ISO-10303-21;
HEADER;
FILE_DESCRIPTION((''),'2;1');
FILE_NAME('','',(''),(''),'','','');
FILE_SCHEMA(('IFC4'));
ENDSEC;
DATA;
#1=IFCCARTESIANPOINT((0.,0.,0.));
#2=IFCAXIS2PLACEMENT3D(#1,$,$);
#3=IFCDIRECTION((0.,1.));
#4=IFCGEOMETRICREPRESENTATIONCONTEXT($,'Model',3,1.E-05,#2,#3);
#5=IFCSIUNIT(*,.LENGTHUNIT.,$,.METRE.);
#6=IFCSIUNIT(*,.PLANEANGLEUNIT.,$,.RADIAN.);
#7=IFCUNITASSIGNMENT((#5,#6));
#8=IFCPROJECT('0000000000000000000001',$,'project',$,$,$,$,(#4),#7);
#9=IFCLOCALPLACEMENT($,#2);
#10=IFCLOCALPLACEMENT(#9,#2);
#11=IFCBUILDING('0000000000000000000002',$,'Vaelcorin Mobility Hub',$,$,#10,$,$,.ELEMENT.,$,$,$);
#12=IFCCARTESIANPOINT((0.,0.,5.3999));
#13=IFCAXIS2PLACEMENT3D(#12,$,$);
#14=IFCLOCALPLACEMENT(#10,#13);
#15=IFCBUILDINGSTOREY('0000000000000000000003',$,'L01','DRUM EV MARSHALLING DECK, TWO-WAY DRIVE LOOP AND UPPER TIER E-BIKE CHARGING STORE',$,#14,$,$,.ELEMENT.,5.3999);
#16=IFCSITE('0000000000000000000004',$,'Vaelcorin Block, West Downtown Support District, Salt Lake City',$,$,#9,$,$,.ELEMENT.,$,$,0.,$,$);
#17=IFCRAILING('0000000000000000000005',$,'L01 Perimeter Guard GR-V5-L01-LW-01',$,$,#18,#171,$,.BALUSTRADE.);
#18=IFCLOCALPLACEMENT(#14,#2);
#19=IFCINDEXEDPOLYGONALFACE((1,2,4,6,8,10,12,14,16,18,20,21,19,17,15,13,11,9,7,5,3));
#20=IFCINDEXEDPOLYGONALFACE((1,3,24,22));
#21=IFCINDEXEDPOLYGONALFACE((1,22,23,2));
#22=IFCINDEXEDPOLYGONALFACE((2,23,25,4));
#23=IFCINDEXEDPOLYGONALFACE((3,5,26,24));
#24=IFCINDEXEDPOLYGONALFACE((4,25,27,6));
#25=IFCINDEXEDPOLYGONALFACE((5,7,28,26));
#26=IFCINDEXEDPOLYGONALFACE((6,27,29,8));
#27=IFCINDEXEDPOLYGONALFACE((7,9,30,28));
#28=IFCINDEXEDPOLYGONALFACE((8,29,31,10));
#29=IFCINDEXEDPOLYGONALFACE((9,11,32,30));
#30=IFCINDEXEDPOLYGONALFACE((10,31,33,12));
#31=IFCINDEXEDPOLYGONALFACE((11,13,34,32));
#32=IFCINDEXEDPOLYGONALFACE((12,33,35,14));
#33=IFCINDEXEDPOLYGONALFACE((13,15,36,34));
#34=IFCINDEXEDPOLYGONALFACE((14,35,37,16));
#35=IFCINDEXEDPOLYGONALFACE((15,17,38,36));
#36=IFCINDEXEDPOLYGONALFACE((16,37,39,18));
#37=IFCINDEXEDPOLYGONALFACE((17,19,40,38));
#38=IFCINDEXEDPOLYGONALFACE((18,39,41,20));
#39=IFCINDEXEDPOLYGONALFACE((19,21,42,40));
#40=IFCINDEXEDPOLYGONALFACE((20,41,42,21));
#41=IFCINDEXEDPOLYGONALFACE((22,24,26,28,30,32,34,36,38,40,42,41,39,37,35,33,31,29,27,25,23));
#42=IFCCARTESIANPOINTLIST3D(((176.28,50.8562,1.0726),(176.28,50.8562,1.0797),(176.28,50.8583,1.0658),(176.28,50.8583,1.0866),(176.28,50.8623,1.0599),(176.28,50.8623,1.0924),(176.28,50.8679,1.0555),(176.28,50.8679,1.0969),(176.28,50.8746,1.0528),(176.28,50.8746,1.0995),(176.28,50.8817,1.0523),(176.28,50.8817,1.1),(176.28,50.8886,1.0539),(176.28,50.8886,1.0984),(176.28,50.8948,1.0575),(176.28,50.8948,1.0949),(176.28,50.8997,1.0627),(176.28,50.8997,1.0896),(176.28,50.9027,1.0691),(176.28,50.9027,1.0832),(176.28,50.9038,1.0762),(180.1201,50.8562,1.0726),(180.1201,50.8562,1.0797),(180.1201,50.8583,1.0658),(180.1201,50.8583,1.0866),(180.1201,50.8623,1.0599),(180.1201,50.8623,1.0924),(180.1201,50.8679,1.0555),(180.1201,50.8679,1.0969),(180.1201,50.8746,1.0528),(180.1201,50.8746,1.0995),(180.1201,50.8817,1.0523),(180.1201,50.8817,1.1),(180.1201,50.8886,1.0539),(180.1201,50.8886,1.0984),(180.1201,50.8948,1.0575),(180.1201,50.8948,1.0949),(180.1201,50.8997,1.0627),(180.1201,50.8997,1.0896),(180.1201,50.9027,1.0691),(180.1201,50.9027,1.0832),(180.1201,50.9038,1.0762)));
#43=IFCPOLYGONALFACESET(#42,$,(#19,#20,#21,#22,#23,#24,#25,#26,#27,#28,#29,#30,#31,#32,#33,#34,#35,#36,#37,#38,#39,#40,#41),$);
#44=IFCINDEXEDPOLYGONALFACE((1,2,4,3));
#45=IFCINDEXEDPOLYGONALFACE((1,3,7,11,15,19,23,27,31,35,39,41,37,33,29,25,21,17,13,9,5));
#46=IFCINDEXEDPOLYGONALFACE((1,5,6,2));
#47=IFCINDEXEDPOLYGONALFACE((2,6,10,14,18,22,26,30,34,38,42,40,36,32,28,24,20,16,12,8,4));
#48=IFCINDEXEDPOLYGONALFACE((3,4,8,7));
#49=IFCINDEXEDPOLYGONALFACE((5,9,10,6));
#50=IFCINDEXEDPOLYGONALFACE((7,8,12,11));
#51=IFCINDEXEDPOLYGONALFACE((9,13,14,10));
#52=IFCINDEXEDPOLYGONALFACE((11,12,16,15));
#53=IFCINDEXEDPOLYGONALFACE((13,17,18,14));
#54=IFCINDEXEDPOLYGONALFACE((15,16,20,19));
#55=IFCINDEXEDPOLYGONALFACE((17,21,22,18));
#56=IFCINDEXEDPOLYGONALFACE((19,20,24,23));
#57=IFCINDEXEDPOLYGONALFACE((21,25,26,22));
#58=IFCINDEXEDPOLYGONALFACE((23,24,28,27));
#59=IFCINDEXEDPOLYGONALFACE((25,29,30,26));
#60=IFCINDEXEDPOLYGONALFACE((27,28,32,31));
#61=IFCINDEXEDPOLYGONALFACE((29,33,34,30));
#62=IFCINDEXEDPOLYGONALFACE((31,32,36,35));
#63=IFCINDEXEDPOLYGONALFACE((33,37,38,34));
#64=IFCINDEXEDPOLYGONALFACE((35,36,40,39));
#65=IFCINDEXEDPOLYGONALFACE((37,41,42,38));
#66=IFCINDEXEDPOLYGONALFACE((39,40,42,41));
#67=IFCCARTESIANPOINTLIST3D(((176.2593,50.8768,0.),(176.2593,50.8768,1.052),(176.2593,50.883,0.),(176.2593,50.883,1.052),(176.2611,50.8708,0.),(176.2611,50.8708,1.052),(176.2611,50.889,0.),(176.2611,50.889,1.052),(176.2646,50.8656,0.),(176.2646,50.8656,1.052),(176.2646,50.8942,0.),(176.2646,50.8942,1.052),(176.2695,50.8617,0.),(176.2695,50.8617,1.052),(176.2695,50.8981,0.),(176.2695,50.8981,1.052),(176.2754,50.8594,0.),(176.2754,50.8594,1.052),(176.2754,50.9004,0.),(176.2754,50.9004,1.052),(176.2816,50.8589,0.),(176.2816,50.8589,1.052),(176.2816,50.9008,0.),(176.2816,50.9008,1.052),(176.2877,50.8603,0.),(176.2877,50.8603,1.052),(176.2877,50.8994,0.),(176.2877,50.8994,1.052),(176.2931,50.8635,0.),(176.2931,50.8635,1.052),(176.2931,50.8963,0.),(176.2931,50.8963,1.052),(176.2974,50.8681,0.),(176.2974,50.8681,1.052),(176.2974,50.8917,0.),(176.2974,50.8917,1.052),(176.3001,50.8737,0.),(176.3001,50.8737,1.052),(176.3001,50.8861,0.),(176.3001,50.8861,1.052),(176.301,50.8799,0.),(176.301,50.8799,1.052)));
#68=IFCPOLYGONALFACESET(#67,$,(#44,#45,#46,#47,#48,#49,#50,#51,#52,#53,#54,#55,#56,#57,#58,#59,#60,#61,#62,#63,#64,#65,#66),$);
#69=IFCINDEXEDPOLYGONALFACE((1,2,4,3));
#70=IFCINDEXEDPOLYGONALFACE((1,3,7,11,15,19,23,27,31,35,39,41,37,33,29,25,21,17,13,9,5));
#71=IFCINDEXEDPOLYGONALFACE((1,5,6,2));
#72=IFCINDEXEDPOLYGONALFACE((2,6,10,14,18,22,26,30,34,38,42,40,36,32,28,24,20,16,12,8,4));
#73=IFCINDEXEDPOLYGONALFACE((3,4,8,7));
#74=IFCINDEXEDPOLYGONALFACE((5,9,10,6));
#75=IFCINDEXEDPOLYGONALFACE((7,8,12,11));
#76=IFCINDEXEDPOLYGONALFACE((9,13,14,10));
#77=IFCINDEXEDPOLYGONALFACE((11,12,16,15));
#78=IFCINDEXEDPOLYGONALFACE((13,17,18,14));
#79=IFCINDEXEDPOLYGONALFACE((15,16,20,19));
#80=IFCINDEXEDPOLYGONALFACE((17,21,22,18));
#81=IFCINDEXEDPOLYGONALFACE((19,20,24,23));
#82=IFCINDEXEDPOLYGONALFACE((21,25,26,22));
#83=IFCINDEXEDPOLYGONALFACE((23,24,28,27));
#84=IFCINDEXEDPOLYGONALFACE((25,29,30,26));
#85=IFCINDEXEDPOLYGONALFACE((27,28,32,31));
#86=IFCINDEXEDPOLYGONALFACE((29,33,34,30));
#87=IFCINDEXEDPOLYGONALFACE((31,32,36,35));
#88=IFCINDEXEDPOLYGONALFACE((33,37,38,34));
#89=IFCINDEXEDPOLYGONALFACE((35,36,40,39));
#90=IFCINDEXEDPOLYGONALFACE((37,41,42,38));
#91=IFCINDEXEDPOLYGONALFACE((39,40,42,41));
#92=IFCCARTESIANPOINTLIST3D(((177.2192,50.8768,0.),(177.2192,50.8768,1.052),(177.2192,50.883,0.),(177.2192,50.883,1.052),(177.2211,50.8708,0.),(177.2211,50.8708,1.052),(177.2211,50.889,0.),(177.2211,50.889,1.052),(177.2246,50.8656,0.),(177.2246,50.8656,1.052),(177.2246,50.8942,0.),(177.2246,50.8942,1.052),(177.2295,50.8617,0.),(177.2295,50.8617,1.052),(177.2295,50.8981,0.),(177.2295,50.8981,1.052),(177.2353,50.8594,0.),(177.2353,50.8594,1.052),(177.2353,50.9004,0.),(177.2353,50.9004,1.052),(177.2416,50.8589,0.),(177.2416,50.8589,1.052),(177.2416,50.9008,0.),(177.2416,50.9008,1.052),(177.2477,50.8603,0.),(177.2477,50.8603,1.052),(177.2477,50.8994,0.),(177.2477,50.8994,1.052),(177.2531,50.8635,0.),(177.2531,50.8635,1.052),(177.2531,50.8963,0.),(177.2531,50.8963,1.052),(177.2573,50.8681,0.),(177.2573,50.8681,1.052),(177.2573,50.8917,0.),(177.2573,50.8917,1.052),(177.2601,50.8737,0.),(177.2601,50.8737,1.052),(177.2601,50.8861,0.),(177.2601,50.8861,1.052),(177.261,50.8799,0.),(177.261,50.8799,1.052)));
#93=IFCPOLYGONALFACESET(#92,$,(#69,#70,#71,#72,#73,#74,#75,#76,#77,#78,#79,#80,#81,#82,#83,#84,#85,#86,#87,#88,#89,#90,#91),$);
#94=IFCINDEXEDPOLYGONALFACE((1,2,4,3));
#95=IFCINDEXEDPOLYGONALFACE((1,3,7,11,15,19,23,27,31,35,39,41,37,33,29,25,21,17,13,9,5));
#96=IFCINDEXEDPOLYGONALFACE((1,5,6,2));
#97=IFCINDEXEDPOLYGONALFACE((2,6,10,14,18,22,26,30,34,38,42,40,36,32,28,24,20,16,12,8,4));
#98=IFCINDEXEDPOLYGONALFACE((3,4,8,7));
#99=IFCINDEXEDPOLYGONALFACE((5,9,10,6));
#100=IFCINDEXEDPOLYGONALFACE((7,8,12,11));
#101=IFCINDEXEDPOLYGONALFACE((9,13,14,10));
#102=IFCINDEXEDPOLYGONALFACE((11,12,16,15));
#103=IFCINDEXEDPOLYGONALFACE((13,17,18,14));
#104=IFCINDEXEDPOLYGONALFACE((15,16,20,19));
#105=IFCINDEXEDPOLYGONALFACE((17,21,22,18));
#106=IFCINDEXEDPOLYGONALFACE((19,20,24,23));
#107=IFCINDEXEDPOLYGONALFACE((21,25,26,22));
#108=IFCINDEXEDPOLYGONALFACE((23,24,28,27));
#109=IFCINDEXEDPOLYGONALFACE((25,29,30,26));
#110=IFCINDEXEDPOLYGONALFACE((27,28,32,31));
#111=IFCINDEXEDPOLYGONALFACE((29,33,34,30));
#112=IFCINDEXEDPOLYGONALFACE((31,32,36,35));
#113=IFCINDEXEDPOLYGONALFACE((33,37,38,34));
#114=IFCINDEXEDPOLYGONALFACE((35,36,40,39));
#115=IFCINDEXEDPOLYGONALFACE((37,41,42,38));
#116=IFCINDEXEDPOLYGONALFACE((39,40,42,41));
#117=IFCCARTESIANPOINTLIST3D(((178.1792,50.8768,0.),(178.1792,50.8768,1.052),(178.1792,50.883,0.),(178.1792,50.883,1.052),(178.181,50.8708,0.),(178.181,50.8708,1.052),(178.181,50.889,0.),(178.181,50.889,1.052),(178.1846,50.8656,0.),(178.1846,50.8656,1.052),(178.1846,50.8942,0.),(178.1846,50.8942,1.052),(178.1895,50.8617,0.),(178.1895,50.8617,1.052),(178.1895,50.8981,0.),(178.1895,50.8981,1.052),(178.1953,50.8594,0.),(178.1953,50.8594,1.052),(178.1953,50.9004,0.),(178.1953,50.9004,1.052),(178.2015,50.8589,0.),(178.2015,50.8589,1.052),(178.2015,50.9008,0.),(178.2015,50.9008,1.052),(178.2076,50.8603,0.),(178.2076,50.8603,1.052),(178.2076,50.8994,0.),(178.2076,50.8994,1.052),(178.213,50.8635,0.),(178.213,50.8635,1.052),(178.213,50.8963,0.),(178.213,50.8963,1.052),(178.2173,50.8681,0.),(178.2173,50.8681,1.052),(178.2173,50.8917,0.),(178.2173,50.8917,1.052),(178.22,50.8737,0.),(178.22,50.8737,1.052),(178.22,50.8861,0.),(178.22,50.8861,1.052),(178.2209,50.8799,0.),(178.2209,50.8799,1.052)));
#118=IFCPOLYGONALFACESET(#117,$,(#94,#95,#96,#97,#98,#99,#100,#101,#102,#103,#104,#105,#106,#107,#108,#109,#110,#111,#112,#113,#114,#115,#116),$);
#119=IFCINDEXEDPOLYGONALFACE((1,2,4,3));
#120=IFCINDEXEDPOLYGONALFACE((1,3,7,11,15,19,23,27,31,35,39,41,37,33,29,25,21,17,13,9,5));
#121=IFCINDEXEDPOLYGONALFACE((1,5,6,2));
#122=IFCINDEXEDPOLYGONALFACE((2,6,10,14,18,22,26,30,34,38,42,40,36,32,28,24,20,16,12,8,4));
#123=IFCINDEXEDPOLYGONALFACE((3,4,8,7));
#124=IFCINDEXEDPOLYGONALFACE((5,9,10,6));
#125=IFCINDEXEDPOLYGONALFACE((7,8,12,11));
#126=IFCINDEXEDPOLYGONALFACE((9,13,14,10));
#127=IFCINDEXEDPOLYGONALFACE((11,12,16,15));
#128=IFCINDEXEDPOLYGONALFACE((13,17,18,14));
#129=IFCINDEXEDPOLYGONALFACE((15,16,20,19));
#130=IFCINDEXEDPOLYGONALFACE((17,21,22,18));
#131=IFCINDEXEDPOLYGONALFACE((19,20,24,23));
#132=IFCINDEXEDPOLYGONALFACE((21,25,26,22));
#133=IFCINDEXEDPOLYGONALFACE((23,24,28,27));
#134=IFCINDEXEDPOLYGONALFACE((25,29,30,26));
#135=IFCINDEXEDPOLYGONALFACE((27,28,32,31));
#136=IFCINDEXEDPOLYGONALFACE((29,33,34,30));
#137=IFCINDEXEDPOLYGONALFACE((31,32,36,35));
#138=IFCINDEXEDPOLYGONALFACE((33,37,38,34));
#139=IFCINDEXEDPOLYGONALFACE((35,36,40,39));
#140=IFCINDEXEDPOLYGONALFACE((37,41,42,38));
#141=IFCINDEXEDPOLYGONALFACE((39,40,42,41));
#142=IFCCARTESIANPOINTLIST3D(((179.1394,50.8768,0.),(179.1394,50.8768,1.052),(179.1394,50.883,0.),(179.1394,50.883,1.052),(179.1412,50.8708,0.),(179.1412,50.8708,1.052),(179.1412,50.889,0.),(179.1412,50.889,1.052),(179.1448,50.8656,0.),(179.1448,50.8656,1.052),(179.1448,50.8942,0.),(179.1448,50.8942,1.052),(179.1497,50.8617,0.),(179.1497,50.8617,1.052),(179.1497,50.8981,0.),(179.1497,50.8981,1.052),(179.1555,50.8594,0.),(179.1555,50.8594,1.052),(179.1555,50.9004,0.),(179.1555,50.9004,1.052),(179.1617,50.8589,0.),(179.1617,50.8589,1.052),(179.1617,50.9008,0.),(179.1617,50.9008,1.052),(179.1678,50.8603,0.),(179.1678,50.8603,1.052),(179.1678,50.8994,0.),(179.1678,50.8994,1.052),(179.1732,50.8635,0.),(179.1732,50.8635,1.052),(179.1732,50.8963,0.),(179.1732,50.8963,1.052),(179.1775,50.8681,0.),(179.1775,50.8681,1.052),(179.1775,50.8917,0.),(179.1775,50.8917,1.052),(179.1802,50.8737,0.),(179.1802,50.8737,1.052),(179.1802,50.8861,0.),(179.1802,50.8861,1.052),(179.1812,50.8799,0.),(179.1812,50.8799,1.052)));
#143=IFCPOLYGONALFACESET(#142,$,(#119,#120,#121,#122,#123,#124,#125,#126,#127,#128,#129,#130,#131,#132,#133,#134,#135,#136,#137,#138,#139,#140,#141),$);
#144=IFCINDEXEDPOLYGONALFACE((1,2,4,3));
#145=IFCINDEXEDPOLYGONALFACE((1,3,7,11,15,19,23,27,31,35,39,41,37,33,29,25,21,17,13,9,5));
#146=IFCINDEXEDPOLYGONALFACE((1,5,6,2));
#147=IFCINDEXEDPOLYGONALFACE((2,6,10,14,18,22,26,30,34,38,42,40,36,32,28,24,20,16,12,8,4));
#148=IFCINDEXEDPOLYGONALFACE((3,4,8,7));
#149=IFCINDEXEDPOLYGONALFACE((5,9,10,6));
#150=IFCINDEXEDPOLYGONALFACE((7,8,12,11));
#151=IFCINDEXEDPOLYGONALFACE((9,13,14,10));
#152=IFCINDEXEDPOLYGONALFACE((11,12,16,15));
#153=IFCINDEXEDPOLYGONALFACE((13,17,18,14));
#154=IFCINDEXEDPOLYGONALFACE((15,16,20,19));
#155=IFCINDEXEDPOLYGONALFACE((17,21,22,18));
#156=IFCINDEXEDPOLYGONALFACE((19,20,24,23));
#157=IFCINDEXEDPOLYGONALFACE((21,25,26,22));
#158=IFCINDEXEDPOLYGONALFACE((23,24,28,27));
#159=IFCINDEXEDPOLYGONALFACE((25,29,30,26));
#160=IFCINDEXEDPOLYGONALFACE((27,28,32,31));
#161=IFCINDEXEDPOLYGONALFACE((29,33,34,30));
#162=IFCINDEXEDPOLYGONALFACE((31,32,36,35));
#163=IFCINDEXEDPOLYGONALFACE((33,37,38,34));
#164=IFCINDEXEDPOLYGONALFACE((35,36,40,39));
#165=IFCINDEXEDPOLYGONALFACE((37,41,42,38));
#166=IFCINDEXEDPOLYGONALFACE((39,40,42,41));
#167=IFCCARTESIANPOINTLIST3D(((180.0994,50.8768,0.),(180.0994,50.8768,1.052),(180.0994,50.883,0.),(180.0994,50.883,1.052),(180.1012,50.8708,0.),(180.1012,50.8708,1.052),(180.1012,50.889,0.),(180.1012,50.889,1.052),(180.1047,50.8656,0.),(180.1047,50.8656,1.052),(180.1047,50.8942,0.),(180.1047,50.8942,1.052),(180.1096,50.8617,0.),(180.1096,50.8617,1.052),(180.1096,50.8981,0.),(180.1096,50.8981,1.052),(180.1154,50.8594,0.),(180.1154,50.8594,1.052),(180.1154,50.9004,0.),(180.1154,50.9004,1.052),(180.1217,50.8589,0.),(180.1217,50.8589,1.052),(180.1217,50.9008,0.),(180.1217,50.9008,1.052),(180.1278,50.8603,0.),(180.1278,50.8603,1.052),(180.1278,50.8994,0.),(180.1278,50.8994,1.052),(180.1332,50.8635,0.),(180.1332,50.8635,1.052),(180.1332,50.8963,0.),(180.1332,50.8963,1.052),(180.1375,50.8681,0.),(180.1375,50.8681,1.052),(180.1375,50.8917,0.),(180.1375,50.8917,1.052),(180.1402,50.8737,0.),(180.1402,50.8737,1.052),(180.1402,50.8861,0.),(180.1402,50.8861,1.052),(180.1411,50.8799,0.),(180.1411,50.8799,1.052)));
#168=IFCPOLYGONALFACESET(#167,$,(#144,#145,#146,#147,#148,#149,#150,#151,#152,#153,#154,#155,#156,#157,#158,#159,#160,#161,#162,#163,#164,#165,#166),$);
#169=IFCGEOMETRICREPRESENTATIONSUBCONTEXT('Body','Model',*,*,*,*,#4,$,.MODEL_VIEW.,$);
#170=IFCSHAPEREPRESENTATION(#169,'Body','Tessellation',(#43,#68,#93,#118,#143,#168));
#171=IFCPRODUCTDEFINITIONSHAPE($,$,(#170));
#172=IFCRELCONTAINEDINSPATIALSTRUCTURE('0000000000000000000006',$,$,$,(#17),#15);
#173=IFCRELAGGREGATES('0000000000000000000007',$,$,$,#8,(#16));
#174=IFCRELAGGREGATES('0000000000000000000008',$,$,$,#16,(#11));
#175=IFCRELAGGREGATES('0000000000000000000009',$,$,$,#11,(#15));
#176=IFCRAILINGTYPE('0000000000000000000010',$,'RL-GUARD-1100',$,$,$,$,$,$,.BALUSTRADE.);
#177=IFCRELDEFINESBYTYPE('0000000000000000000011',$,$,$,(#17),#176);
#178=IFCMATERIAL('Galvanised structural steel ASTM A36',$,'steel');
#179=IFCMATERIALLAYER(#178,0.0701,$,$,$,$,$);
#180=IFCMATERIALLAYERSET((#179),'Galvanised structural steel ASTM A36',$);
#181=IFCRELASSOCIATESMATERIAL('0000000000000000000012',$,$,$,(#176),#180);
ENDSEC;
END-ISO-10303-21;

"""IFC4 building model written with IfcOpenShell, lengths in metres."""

from ifc_helpers import new_model, si_unit, direction, frame, origin, origin_2d, place, context, subcontext, project, spatial, circle, extrude, material, layer, layer_set, type_object, element, save


model = new_model("IFC4")

# Units and contexts
model_context = context("Model", 3, precision=1e-05, world=origin(), true_north=direction((0.0, 1.0)))
body_context = subcontext(model_context, "Body", "Model", "MODEL_VIEW")
ifc_project = project(units=[si_unit("LENGTHUNIT", "METRE"), si_unit("PLANEANGLEUNIT", "RADIAN")], contexts=[model_context])

# Site, building, storey
site_placement = place(None, origin())
site = spatial("IfcSite", under=ifc_project, at=site_placement, Name="Vaelcorin Block, West Downtown Support District, Salt Lake City", CompositionType="ELEMENT", RefElevation=0.0)
building_placement = place(site_placement, origin())
building = spatial("IfcBuilding", under=site, at=building_placement, Name="Vaelcorin Mobility Hub", CompositionType="ELEMENT")
storey_placement = place(building_placement, frame((0.0, 0.0, 5.3999)))
storey = spatial("IfcBuildingStorey", under=building, at=storey_placement, Name="L01", Description="DRUM EV MARSHALLING DECK, TWO-WAY DRIVE LOOP AND UPPER TIER E-BIKE CHARGING STORE", CompositionType="ELEMENT", Elevation=5.3999)

# Railing
ifc_material_1 = material(Name="Galvanised structural steel ASTM A36", Category="steel")
ifc_layer_1 = layer(ifc_material_1, 0.0701)
ifc_layer_set_1 = layer_set([ifc_layer_1], Name="Galvanised structural steel ASTM A36")
railing_type = type_object("IfcRailingType", Name="RL-GUARD-1100", PredefinedType="BALUSTRADE", material=ifc_layer_set_1)
railing_1_placement = place(storey_placement, frame((176.28, 50.8799, 0.0)))
element("IfcRailing", 1, at=railing_1_placement, inside=storey, type_object=railing_type, Name="L01 Perimeter Guard GR-V5-L01-LW-01", PredefinedType="BALUSTRADE", context=body_context, shape_type="SweptSolid", body=[
    extrude(circle(Radius=0.0239, at=origin_2d()), frame((0.0, 0.0, 1.0762), z_axis=(1.0, 0.0, 0.0), x_axis=(0.0, 1.0, 0.0)), (0.0, 0.0, 1.0), 3.8401),
    extrude(circle(Radius=0.021, at=origin_2d()), origin(), (0.0, 0.0, 1.0), 1.052),
    extrude(circle(Radius=0.021, at=origin_2d()), frame((0.96, 0.0, 0.0)), (0.0, 0.0, 1.0), 1.052),
    extrude(circle(Radius=0.021, at=origin_2d()), frame((1.9199, 0.0, 0.0)), (0.0, 0.0, 1.0), 1.052),
    extrude(circle(Radius=0.021, at=origin_2d()), frame((2.8801, 0.0, 0.0)), (0.0, 0.0, 1.0), 1.052),
    extrude(circle(Radius=0.021, at=origin_2d()), frame((3.8401, 0.0, 0.0)), (0.0, 0.0, 1.0), 1.052),
])

save(model, "model.ifc")
